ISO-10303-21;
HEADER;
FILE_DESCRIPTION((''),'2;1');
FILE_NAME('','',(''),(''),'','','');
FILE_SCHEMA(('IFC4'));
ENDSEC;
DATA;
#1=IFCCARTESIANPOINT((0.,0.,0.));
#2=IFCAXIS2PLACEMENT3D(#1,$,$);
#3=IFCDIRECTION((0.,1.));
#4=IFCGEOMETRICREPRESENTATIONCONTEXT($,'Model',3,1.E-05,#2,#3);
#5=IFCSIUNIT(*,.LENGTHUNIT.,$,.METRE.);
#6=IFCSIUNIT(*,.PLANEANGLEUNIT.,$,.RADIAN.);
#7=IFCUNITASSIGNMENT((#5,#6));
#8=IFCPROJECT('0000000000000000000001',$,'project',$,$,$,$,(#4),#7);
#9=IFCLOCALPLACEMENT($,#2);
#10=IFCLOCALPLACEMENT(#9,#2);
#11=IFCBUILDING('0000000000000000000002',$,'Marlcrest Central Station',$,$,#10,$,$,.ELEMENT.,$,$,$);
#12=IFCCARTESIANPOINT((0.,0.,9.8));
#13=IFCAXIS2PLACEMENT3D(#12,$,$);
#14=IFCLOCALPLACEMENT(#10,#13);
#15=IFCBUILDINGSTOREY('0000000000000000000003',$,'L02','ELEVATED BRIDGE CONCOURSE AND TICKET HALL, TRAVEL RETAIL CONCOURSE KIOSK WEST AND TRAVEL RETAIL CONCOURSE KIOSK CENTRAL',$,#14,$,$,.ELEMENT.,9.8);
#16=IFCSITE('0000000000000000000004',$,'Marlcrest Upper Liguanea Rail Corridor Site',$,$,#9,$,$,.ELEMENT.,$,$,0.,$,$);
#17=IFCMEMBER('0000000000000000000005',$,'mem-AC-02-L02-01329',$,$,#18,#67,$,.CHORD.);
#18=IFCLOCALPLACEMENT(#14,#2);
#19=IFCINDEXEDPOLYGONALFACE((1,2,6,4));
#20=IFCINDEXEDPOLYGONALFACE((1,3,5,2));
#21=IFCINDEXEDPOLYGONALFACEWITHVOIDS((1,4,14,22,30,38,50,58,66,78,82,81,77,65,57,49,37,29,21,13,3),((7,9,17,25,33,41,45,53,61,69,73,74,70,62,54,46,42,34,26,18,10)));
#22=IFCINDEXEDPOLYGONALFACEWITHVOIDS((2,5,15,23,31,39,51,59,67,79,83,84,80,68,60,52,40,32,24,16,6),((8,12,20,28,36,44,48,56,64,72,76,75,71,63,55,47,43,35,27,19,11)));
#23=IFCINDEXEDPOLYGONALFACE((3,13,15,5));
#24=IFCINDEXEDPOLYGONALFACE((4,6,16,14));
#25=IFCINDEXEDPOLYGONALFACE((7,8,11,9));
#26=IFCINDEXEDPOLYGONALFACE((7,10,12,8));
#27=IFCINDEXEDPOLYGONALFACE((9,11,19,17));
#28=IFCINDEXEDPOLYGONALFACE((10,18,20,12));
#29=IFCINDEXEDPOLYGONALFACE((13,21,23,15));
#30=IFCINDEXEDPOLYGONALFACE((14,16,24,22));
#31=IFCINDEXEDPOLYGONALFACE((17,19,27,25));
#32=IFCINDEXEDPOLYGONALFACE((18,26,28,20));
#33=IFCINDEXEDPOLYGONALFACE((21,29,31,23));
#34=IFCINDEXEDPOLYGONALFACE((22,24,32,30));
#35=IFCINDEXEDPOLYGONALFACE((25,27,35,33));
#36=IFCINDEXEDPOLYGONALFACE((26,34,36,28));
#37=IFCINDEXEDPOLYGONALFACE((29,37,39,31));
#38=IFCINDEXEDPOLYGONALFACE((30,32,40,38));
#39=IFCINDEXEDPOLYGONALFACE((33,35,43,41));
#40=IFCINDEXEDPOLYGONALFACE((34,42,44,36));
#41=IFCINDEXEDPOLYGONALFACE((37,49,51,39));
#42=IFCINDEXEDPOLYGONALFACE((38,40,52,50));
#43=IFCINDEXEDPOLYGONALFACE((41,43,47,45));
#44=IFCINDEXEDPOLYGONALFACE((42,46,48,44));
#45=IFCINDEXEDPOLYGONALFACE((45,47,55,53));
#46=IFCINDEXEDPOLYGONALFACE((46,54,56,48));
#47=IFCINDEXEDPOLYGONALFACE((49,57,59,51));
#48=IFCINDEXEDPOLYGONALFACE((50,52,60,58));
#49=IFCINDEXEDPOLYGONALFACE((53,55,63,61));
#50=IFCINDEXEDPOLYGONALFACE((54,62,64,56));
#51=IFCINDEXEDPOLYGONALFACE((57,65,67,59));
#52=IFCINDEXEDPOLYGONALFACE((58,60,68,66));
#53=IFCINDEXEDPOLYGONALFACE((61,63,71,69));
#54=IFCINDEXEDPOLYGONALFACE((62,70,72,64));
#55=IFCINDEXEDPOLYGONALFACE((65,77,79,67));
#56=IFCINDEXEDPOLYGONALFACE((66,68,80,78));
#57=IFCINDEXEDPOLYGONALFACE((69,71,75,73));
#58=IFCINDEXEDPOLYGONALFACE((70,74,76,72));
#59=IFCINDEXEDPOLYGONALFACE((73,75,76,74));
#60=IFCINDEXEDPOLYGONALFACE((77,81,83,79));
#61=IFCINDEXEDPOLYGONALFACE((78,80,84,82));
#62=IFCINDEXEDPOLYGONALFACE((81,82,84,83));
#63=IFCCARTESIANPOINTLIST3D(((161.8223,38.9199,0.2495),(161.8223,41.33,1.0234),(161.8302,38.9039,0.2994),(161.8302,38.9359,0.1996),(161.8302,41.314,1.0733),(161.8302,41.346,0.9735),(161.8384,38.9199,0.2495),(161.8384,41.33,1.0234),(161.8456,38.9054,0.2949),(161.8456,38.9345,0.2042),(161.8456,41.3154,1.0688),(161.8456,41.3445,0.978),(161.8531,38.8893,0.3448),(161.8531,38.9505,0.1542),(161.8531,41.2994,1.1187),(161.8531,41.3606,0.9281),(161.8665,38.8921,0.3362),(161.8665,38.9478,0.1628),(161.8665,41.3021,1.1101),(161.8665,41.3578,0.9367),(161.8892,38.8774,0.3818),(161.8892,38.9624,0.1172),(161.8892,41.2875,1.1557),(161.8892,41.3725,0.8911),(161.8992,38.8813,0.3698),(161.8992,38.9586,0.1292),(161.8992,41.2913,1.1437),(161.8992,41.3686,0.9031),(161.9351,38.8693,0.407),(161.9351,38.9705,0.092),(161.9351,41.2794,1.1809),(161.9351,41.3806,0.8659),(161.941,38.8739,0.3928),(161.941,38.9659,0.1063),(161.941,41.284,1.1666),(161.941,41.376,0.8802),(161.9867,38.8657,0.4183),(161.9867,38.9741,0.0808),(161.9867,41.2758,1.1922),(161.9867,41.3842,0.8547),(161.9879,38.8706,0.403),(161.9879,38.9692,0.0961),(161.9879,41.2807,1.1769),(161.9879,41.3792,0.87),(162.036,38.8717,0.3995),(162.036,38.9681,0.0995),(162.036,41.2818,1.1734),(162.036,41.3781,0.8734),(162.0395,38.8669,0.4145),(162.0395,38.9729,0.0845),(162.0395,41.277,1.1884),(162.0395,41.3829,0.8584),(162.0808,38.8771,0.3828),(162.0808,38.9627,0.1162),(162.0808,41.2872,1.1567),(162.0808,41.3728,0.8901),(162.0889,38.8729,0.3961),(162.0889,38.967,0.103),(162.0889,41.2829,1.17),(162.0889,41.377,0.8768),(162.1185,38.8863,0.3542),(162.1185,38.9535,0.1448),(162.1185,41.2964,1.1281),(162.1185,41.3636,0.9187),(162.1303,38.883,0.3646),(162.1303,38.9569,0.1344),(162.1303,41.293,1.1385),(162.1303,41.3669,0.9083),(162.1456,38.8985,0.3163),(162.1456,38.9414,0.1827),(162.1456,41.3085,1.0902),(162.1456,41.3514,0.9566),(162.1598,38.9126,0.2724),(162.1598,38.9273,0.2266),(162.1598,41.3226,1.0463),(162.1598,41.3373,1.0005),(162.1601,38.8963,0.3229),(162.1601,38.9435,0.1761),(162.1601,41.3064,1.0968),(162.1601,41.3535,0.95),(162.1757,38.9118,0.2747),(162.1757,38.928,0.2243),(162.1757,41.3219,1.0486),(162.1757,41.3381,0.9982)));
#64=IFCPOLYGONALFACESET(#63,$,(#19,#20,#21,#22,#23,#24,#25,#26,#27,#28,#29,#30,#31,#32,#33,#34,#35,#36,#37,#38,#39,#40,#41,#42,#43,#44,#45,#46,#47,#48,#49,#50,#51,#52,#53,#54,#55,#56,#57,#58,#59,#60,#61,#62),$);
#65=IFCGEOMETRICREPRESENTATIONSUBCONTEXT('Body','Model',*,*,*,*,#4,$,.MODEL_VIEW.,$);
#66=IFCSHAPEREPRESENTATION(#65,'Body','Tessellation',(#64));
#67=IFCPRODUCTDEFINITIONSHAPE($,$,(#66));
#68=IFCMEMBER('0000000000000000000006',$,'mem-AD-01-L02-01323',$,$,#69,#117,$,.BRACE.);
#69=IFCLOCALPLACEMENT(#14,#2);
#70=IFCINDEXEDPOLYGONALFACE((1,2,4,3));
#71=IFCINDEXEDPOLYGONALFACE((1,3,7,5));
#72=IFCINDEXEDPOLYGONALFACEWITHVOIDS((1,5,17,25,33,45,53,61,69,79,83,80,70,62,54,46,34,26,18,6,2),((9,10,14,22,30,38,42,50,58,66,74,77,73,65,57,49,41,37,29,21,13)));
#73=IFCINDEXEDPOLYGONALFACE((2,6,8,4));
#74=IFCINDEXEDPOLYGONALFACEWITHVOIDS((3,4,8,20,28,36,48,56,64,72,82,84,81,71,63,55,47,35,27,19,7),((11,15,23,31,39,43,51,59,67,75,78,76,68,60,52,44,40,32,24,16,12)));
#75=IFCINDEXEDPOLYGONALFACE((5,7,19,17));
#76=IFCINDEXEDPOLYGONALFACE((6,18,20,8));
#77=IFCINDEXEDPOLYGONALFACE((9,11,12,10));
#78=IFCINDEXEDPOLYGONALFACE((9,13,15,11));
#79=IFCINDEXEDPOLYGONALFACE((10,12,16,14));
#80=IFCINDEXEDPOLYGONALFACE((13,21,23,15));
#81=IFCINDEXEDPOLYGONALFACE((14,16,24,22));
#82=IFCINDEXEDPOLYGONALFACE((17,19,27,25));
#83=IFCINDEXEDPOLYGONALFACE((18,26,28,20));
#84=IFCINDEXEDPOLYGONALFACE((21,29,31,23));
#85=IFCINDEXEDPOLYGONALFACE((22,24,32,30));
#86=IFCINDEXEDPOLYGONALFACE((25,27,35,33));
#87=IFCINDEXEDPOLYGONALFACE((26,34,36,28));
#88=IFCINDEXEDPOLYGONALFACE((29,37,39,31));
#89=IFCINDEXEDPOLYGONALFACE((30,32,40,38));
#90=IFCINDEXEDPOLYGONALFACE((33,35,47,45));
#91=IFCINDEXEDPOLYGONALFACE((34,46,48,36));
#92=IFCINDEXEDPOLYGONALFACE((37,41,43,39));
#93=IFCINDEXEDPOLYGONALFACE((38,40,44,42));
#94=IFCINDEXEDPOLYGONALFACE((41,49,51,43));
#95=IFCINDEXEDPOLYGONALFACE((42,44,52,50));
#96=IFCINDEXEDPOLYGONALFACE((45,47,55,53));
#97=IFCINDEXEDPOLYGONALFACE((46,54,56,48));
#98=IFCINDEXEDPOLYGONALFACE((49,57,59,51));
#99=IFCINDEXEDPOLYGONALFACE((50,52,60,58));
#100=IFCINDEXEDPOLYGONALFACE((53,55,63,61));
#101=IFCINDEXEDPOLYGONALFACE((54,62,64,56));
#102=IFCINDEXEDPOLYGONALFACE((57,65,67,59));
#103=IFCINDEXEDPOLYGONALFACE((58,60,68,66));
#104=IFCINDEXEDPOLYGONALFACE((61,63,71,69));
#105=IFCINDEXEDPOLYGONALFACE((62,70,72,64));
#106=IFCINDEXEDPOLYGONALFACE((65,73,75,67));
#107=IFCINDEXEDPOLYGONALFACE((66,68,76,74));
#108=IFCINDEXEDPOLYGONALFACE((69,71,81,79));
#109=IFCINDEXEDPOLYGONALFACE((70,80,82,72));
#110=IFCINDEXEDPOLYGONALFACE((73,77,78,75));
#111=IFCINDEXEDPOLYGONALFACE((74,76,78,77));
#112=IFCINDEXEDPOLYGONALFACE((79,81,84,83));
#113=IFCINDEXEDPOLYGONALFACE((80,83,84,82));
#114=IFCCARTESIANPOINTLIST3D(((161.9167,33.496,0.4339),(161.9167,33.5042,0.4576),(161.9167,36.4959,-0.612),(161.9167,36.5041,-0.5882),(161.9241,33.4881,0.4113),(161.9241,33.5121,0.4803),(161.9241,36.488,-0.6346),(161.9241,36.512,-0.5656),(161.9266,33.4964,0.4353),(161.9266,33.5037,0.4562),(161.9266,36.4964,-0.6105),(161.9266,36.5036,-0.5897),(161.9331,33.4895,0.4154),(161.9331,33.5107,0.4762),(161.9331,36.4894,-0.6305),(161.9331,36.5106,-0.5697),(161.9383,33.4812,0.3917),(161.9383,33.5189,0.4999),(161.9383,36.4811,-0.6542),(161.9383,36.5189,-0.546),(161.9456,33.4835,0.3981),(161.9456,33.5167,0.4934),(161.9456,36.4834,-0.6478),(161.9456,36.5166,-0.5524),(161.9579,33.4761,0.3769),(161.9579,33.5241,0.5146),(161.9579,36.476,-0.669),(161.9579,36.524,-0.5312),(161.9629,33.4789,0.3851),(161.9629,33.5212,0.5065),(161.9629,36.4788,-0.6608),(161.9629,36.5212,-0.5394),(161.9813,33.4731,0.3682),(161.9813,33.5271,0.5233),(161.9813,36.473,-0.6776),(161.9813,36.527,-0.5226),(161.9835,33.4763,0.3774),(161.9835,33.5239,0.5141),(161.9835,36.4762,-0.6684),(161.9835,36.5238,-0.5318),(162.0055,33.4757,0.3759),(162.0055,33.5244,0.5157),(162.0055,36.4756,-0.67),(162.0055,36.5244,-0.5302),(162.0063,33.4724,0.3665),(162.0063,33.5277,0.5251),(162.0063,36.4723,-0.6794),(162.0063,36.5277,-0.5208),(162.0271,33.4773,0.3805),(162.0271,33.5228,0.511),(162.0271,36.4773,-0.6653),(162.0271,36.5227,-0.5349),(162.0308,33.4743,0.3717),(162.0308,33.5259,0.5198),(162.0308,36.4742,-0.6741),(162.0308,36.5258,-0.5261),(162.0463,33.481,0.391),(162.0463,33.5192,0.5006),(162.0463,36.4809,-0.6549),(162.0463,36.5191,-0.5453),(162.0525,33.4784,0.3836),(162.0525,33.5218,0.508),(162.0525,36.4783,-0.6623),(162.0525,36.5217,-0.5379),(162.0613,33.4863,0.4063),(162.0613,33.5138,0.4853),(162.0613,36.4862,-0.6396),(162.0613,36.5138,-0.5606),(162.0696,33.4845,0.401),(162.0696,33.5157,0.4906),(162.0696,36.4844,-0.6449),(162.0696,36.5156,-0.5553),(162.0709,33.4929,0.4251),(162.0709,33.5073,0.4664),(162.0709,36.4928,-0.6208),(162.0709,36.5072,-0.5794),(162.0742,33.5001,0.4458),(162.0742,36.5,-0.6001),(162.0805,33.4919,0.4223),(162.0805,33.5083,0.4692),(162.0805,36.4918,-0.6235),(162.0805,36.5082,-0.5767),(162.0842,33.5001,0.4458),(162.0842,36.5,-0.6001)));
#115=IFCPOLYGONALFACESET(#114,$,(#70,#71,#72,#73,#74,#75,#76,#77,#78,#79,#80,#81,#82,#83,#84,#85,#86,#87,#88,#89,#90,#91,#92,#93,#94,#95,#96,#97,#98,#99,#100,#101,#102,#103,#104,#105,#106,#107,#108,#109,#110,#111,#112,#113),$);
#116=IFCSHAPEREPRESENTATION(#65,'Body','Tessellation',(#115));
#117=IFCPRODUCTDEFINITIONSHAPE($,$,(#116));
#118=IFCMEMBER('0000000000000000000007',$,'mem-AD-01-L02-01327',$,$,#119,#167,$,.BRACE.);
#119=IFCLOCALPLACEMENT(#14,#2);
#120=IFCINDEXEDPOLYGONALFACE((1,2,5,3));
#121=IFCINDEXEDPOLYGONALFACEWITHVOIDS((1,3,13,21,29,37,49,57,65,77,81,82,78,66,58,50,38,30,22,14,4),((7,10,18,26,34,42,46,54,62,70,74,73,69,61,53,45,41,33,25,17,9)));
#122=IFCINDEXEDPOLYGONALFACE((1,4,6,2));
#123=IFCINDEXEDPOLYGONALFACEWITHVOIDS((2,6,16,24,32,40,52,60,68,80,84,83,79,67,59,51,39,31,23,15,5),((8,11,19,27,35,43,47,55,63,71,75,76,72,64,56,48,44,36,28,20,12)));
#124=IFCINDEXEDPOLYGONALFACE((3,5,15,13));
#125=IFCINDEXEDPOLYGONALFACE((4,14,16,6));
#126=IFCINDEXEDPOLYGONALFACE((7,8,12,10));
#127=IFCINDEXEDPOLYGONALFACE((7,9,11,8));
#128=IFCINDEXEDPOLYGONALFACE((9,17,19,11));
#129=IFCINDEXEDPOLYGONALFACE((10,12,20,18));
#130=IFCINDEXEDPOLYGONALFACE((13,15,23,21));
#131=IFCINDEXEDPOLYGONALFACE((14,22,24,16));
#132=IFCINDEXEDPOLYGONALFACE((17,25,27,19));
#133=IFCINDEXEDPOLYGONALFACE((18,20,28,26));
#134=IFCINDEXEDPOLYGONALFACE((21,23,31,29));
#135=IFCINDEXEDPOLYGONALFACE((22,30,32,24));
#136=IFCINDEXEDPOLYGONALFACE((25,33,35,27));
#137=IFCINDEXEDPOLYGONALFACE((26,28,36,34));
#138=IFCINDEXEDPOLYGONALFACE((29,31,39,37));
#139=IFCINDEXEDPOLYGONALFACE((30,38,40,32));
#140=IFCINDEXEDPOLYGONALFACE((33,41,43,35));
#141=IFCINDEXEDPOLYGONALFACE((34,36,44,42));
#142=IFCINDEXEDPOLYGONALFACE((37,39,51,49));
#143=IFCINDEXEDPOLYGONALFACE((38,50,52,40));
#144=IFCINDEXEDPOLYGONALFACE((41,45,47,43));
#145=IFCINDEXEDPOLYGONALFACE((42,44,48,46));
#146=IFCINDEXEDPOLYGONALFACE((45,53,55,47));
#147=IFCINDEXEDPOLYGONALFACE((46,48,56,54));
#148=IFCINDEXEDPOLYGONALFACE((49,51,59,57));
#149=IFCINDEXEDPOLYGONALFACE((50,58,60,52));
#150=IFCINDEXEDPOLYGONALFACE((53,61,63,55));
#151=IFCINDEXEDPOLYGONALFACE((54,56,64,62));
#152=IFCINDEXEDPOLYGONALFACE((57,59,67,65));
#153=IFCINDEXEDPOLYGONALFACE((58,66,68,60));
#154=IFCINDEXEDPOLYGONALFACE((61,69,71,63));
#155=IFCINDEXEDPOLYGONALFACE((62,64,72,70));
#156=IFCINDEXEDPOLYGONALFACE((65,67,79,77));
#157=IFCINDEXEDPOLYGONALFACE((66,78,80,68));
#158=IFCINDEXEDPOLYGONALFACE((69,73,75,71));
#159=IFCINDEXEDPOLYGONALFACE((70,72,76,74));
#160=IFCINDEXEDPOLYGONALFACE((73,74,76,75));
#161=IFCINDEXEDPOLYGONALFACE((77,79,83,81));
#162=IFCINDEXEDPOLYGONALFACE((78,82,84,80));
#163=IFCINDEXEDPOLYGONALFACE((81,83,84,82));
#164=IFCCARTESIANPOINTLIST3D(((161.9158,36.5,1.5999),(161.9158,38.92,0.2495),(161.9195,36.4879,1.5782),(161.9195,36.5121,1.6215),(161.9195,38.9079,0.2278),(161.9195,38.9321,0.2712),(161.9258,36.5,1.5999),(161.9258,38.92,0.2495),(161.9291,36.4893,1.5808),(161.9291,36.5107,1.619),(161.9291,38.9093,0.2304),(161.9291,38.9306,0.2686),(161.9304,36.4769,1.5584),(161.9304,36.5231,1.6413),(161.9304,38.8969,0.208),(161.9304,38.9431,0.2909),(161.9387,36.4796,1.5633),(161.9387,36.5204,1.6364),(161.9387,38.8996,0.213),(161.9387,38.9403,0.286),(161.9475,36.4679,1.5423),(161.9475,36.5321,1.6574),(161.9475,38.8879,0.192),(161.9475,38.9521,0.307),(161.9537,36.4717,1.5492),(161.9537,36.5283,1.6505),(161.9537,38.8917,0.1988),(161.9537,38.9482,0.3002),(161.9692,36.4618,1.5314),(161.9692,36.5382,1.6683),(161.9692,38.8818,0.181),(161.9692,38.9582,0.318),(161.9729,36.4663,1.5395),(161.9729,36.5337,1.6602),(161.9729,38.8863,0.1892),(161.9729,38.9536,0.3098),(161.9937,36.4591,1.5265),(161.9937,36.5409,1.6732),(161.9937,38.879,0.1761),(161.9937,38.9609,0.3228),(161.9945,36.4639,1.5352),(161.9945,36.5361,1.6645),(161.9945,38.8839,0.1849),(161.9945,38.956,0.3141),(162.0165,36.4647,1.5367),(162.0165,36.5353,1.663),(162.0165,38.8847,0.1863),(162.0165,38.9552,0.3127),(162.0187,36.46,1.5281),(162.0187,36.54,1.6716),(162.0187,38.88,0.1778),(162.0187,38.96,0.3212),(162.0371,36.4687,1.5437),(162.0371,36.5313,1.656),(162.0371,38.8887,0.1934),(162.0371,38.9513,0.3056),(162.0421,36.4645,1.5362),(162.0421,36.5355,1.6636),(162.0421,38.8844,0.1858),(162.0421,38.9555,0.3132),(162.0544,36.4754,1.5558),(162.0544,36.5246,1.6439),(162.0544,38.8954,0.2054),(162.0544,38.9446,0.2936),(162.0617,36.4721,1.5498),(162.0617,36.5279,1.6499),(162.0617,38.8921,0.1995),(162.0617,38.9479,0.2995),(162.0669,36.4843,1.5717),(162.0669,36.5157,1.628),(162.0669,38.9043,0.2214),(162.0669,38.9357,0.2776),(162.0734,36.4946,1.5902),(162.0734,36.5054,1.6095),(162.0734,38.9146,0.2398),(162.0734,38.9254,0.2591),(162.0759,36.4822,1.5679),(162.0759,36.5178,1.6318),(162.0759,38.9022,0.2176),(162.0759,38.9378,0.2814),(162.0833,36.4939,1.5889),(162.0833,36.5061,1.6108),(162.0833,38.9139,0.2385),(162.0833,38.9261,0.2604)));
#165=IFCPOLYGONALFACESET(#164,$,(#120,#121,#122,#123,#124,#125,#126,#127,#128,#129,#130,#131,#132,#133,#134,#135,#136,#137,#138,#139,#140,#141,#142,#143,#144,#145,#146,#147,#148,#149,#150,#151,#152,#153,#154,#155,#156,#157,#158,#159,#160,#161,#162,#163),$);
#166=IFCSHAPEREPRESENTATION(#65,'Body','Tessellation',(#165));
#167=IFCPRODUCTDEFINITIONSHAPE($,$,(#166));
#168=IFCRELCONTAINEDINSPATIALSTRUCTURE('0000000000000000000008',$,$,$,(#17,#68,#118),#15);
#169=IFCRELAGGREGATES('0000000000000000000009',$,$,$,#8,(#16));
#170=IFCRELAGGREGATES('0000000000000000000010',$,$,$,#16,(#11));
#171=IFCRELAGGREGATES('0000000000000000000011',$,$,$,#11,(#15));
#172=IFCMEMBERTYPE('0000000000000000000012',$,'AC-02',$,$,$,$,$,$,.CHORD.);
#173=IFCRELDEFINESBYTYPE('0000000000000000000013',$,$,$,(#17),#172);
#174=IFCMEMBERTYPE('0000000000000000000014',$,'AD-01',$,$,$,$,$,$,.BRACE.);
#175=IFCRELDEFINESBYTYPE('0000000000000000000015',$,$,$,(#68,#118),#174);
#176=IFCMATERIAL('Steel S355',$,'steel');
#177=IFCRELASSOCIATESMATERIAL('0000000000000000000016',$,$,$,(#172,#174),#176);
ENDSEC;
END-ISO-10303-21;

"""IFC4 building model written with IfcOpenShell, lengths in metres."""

from ifc_helpers import new_model, si_unit, direction, frame, origin, origin_2d, place, context, subcontext, project, spatial, hollow_circle, extrude, material, material_profile, profile_set, type_object, element, save


model = new_model("IFC4")

# Units and contexts
model_context = context("Model", 3, precision=1e-05, world=origin(), true_north=direction((0.0, 1.0)))
body_context = subcontext(model_context, "Body", "Model", "MODEL_VIEW")
ifc_project = project(units=[si_unit("LENGTHUNIT", "METRE"), si_unit("PLANEANGLEUNIT", "RADIAN")], contexts=[model_context])

# Site, building, storey
site_placement = place(None, origin())
site = spatial("IfcSite", under=ifc_project, at=site_placement, Name="Marlcrest Upper Liguanea Rail Corridor Site", CompositionType="ELEMENT", RefElevation=0.0)
building_placement = place(site_placement, origin())
building = spatial("IfcBuilding", under=site, at=building_placement, Name="Marlcrest Central Station", CompositionType="ELEMENT")
storey_placement = place(building_placement, frame((0.0, 0.0, 9.8)))
storey = spatial("IfcBuildingStorey", under=building, at=storey_placement, Name="L02", Description="ELEVATED BRIDGE CONCOURSE AND TICKET HALL, TRAVEL RETAIL CONCOURSE KIOSK WEST AND TRAVEL RETAIL CONCOURSE KIOSK CENTRAL", CompositionType="ELEMENT", Elevation=9.8)

# Members
ifc_material_1 = material(Name="Steel S355", Category="steel")
ifc_material_profile_1 = material_profile(ifc_material_1, hollow_circle(Radius=0.1777, WallThickness=0.0161, at=origin_2d()), Name="CHS 355.6x16")
ifc_profile_set_1 = profile_set([ifc_material_profile_1], Name="Steel S355")
member_type_1 = type_object("IfcMemberType", Name="AC-02", PredefinedType="CHORD", material=ifc_profile_set_1)
member_1_placement = place(storey_placement, frame((162.0, 38.9199, 0.2495), z_axis=(0.0, 0.952117, 0.305734), x_axis=(-1.0, 0.0, 0.0)))
element("IfcMember", 1, at=member_1_placement, inside=storey, type_object=member_type_1, Name="mem-AC-02-L02-01329", PredefinedType="CHORD", context=body_context, shape_type="SweptSolid", body=[
    extrude(hollow_circle(Radius=0.1777, WallThickness=0.0161, at=origin_2d()), origin(), (0.0, 0.0, 1.0), 2.5312),
])
ifc_material_profile_2 = material_profile(ifc_material_1, hollow_circle(Radius=0.0842, WallThickness=0.01, at=origin_2d()), Name="CHS 168.3x10")
ifc_profile_set_2 = profile_set([ifc_material_profile_2], Name="Steel S355")
member_type_2 = type_object("IfcMemberType", Name="AD-01", PredefinedType="BRACE", material=ifc_profile_set_2)
member_2_placement = place(storey_placement, frame((162.0, 36.5, -0.6001), z_axis=(0.0, -0.94426, 0.3292), x_axis=(1.0, 0.0, 0.0)))
element("IfcMember", 2, at=member_2_placement, inside=storey, type_object=member_type_2, Name="mem-AD-01-L02-01323", PredefinedType="BRACE", context=body_context, shape_type="SweptSolid", body=[
    extrude(hollow_circle(Radius=0.0842, WallThickness=0.01, at=origin_2d()), origin(), (0.0, 0.0, 1.0), 3.177),
])
member_3_placement = place(storey_placement, frame((162.0, 36.5, 1.5999), z_axis=(0.0, 0.873246, -0.48728), x_axis=(-1.0, 0.0, 0.0)))
element("IfcMember", 3, at=member_3_placement, inside=storey, type_object=member_type_2, Name="mem-AD-01-L02-01327", PredefinedType="BRACE", context=body_context, shape_type="SweptSolid", body=[
    extrude(hollow_circle(Radius=0.0842, WallThickness=0.01, at=origin_2d()), origin(), (0.0, 0.0, 1.0), 2.7712),
])

save(model, "model.ifc")
